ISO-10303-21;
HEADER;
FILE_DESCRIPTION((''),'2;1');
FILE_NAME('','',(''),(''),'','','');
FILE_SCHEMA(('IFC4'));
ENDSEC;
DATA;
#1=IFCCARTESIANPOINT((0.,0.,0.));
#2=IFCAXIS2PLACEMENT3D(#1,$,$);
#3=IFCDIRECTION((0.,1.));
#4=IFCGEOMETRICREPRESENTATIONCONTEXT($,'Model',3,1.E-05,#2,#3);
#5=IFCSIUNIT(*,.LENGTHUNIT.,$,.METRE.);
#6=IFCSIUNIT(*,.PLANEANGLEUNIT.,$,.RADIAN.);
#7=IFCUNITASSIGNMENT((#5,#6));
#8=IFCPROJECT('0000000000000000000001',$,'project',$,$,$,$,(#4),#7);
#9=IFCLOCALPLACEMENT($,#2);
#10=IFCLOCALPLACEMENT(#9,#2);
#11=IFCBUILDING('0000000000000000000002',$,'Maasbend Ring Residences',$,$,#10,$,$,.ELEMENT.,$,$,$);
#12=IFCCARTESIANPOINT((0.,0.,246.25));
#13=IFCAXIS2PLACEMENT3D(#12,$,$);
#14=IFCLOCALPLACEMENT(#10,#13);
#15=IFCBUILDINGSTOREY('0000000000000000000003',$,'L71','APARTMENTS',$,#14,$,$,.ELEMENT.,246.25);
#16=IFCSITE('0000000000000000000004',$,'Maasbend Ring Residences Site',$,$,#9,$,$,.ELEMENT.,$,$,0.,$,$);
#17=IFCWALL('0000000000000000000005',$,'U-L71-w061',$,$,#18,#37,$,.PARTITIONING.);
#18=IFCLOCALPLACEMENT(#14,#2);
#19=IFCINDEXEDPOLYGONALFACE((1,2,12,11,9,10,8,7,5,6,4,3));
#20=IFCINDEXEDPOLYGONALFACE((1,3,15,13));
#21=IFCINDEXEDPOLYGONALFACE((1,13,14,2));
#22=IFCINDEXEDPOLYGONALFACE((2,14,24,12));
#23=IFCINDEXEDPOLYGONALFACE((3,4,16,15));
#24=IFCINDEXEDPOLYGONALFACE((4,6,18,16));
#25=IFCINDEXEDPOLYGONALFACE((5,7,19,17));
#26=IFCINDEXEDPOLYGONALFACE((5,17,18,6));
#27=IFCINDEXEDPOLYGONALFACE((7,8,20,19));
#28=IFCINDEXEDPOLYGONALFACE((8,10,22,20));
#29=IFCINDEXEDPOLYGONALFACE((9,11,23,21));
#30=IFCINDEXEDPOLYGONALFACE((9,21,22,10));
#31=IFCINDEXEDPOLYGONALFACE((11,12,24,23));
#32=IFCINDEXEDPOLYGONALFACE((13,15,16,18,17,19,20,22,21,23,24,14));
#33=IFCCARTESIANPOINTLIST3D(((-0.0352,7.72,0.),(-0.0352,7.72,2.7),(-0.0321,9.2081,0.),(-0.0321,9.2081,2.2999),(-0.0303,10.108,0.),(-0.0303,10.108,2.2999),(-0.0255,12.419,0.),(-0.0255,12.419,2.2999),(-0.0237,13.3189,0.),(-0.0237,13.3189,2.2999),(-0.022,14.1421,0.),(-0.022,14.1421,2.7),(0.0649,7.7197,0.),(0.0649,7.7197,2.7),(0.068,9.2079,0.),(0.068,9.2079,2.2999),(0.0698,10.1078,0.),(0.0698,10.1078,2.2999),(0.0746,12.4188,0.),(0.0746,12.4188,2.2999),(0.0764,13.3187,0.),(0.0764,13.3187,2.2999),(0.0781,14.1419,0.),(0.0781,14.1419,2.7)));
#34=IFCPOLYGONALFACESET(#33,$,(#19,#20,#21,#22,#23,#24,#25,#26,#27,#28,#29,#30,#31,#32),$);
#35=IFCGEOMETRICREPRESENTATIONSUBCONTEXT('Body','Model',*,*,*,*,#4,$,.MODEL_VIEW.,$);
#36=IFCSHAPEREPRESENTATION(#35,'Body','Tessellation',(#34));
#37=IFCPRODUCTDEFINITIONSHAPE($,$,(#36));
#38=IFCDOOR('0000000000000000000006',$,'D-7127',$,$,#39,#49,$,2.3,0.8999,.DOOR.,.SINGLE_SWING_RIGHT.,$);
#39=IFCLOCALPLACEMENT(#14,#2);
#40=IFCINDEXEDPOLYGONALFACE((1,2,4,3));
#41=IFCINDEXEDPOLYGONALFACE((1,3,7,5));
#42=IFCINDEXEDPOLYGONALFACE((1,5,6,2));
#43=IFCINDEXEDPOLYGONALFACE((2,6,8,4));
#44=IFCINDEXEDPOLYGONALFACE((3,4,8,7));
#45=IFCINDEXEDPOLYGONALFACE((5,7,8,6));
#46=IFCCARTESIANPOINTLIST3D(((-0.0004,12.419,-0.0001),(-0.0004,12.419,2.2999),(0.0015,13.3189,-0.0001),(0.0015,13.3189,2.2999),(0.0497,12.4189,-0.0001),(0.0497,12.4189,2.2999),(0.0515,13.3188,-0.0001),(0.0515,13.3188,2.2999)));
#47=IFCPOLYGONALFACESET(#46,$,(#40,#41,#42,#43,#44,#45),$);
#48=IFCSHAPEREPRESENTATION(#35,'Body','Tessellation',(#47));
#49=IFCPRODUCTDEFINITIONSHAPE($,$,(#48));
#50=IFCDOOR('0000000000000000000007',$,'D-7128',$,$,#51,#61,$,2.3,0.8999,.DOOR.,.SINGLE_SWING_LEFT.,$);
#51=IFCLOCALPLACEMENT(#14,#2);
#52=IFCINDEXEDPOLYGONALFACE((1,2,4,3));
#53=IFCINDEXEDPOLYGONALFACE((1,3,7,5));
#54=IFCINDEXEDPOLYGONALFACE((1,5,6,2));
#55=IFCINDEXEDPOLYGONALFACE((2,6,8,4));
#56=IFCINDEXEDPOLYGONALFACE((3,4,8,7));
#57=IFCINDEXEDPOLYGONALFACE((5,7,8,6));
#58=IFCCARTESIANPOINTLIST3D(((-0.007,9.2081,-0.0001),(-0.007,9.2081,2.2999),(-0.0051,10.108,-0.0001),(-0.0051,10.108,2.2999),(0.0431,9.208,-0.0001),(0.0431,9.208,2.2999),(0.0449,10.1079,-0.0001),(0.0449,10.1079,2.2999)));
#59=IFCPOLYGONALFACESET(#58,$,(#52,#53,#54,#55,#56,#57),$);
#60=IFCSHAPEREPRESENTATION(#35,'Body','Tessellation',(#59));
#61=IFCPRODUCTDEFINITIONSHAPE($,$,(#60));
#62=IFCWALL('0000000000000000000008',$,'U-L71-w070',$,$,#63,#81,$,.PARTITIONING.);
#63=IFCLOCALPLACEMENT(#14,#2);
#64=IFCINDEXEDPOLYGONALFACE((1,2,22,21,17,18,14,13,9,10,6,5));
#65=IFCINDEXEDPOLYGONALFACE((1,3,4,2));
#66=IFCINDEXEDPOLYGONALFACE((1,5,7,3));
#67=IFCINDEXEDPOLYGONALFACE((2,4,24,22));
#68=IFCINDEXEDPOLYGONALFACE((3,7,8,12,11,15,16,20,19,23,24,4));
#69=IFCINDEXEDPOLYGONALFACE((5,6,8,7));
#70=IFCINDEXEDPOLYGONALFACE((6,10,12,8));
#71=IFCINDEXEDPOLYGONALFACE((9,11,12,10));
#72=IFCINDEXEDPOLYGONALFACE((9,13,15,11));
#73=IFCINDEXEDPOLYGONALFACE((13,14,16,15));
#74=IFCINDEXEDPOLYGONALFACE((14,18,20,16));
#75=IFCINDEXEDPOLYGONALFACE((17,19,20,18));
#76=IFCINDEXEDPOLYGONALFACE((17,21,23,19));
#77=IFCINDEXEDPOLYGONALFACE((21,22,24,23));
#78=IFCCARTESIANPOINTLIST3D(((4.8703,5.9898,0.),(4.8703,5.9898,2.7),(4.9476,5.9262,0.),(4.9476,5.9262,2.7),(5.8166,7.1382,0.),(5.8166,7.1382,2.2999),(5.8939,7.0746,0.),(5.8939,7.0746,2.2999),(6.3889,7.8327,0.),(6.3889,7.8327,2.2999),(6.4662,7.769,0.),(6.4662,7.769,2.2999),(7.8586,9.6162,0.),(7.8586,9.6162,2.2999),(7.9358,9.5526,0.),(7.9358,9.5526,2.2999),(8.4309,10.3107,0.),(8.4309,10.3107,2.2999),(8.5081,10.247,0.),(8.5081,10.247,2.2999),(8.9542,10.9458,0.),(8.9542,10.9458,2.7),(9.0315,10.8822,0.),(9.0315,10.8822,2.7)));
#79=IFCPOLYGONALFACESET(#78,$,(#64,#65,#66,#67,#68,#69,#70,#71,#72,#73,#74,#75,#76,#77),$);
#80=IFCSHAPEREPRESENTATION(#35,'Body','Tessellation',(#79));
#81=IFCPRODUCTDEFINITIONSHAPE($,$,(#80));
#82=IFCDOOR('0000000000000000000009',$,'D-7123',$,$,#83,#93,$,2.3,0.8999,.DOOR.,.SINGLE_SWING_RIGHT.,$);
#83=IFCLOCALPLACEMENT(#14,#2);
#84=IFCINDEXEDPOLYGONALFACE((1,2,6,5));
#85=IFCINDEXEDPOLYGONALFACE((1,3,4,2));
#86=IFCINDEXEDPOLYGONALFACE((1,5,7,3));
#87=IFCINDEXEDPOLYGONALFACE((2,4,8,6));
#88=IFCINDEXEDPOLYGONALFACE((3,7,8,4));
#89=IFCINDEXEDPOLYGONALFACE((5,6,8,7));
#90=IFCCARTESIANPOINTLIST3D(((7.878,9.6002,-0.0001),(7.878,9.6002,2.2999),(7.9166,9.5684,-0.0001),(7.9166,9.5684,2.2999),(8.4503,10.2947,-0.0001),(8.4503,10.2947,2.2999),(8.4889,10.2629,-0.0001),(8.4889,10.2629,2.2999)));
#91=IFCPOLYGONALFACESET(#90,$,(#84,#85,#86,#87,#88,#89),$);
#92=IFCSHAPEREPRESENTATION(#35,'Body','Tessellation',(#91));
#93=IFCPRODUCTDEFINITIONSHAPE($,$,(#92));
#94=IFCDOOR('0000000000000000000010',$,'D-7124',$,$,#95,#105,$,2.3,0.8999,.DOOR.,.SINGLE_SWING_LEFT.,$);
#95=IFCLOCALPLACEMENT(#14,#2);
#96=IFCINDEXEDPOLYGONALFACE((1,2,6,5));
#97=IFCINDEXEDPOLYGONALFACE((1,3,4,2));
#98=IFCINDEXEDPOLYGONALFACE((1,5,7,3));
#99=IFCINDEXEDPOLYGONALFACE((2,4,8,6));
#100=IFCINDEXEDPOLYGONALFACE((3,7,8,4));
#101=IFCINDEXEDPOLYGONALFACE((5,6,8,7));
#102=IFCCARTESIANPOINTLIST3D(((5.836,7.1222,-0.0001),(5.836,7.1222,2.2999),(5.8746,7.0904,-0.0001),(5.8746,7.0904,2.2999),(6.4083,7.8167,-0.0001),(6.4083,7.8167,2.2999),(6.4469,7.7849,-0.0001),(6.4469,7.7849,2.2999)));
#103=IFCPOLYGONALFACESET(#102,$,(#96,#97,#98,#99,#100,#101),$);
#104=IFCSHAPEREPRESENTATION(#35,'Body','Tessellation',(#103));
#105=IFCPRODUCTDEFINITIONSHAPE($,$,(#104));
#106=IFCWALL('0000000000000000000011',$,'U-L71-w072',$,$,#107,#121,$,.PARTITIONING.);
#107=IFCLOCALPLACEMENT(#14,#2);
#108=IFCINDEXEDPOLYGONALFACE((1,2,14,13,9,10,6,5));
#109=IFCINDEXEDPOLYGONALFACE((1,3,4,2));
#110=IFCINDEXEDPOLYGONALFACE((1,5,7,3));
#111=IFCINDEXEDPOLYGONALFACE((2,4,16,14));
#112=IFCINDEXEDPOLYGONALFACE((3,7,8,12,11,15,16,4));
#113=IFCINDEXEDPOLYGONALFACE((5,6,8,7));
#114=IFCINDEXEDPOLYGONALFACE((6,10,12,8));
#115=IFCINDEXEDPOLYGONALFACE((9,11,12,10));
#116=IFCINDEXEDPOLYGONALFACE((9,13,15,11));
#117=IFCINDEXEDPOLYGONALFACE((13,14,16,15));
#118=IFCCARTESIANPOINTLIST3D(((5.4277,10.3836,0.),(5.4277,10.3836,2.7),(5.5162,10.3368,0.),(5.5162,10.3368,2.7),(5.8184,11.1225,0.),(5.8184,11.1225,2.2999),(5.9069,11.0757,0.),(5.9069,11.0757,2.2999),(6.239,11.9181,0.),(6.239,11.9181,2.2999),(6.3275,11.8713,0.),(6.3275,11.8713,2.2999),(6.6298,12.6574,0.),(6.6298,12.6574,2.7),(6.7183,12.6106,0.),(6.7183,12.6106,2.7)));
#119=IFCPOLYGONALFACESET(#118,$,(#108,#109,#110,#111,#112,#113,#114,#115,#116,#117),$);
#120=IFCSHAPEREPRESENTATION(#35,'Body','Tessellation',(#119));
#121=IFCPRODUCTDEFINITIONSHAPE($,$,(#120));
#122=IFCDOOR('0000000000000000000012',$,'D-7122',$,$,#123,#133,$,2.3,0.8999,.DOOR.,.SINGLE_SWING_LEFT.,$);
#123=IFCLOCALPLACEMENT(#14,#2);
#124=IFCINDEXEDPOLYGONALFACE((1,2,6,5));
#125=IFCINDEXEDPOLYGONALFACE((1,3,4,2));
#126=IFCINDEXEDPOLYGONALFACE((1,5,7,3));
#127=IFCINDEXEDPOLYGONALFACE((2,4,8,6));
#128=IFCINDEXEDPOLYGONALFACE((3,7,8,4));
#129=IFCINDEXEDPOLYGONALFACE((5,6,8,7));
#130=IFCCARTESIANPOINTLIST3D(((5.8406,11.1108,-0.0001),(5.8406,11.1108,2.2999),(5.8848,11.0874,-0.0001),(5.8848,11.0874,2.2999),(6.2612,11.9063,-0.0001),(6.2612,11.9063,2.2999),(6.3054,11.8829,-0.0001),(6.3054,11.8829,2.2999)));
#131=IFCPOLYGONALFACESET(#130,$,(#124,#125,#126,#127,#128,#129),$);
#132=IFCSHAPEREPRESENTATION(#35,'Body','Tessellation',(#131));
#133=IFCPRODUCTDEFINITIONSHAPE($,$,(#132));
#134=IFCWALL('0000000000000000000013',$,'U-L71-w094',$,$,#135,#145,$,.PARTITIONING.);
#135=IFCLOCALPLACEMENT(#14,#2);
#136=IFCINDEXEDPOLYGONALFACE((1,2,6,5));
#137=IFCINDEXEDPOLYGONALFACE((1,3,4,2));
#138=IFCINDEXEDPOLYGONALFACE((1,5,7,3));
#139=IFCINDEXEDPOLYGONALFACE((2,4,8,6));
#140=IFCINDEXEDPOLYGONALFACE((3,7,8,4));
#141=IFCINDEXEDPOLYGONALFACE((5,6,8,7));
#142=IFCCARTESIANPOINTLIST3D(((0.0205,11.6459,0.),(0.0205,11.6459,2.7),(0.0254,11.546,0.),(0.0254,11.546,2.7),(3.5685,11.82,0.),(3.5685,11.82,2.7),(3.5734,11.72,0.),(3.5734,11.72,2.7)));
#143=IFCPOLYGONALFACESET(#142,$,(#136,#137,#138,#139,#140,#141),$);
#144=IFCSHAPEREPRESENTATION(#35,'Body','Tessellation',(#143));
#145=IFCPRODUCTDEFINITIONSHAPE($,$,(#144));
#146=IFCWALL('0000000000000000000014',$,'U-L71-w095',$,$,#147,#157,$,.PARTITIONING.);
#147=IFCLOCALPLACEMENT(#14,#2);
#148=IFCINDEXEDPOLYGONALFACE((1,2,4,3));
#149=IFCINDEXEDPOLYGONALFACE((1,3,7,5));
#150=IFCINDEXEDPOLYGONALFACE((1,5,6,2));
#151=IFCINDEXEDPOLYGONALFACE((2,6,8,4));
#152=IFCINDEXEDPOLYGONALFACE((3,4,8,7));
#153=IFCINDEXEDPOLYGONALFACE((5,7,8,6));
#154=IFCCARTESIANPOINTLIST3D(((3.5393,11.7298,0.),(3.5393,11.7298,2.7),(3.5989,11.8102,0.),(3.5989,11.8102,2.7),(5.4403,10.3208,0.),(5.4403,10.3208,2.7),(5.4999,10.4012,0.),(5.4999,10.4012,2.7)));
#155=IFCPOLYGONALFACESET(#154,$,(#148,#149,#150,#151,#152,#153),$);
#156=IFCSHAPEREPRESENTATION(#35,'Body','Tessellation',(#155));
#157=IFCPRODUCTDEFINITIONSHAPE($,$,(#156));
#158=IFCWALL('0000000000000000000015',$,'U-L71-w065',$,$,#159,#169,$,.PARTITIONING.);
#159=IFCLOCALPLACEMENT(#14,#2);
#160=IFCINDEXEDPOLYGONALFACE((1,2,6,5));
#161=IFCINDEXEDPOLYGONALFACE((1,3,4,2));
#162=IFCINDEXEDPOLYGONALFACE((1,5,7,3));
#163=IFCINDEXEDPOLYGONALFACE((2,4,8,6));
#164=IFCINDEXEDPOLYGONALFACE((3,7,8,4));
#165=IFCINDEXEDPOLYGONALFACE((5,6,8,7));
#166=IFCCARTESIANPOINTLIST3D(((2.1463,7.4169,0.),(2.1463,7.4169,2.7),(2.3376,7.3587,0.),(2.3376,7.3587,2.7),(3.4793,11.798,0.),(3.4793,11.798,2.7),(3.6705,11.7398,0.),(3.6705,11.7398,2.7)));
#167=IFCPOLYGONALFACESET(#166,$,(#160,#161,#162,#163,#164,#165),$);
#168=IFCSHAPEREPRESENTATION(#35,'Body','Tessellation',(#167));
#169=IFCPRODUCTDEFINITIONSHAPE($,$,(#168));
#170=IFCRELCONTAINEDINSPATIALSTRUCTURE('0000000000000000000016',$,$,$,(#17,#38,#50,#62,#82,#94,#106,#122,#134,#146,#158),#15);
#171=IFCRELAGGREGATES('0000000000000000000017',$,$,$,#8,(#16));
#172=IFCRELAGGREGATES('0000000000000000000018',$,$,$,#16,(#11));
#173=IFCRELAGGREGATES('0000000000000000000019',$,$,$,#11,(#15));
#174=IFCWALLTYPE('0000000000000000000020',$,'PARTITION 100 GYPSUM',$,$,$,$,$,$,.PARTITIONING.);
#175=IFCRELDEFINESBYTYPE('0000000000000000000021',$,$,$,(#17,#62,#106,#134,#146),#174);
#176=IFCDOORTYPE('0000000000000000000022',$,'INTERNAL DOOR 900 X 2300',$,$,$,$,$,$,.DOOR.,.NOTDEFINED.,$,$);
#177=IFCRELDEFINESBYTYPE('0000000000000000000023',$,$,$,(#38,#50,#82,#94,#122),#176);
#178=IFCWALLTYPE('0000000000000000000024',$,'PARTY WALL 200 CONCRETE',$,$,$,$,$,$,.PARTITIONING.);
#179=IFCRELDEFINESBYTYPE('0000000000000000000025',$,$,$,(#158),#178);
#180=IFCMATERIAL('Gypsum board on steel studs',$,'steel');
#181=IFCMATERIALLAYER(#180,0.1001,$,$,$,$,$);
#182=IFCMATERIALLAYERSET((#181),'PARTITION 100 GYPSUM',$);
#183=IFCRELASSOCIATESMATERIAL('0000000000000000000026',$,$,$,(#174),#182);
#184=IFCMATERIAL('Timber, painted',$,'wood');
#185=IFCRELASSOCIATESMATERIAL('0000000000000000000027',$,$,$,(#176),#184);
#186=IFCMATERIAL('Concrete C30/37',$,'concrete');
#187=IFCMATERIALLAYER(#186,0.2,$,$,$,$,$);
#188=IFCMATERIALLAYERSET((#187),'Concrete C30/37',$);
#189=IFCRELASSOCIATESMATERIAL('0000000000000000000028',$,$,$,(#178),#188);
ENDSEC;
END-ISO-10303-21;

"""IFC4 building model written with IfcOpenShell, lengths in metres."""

from ifc_helpers import new_model, si_unit, direction, frame, frame_2d, origin, place, context, subcontext, project, spatial, rectangle, extrude, material, layer, layer_set, type_object, element, fill, save


model = new_model("IFC4")

# Units and contexts
model_context = context("Model", 3, precision=1e-05, world=origin(), true_north=direction((0.0, 1.0)))
body_context = subcontext(model_context, "Body", "Model", "MODEL_VIEW")
ifc_project = project(units=[si_unit("LENGTHUNIT", "METRE"), si_unit("PLANEANGLEUNIT", "RADIAN")], contexts=[model_context])

# Site, building, storey
site_placement = place(None, origin())
site = spatial("IfcSite", under=ifc_project, at=site_placement, Name="Maasbend Ring Residences Site", CompositionType="ELEMENT", RefElevation=0.0)
building_placement = place(site_placement, origin())
building = spatial("IfcBuilding", under=site, at=building_placement, Name="Maasbend Ring Residences", CompositionType="ELEMENT")
storey_placement = place(building_placement, frame((0.0, 0.0, 246.25)))
storey = spatial("IfcBuildingStorey", under=building, at=storey_placement, Name="L71", Description="APARTMENTS", CompositionType="ELEMENT", Elevation=246.25)

# Walls, openings, doors
ifc_material_1 = material(Name="Gypsum board on steel studs", Category="steel")
ifc_layer_1 = layer(ifc_material_1, 0.1001)
ifc_layer_set_1 = layer_set([ifc_layer_1], Name="PARTITION 100 GYPSUM")
wall_type_1 = type_object("IfcWallType", Name="PARTITION 100 GYPSUM", PredefinedType="PARTITIONING", material=ifc_layer_set_1)
wall_1_placement = place(storey_placement, frame((0.0149, 7.72, 0.0), z_axis=(0.0, 0.0, 1.0), x_axis=(0.002053, 0.999998, 0.0)))
wall_1 = element("IfcWall", 1, at=wall_1_placement, inside=storey, type_object=wall_type_1, Name="U-L71-w061", PredefinedType="PARTITIONING", context=body_context, shape_type="SweptSolid", body=[
    extrude(rectangle(XDim=6.4221, YDim=0.1001, at=frame_2d((3.2109, 0.0))), origin(), (0.0, 0.0, 1.0), 2.7),
])
opening_1_placement = place(wall_1_placement, frame((4.699, 0.0, 0.0)))
opening_1 = element("IfcOpeningElement", 2, at=opening_1_placement, cuts=wall_1, PredefinedType="OPENING", context=body_context, shape_type="SweptSolid", body=[
    extrude(rectangle(XDim=0.8999, YDim=2.3, at=frame_2d((0.45, 1.1499))), frame((0.0, 0.0601, 0.0), z_axis=(0.0, -1.0, 0.0), x_axis=(1.0, 0.0, 0.0)), (0.0, 0.0, 1.0), 0.1201),
])
opening_2_placement = place(wall_1_placement, frame((1.488, 0.0, 0.0)))
opening_2 = element("IfcOpeningElement", 3, at=opening_2_placement, cuts=wall_1, PredefinedType="OPENING", context=body_context, shape_type="SweptSolid", body=[
    extrude(rectangle(XDim=0.8999, YDim=2.3, at=frame_2d((0.45, 1.1499))), frame((0.0, 0.0601, 0.0), z_axis=(0.0, -1.0, 0.0), x_axis=(1.0, 0.0, 0.0)), (0.0, 0.0, 1.0), 0.1201),
])
ifc_material_2 = material(Name="Timber, painted", Category="wood")
door_type = type_object("IfcDoorType", Name="INTERNAL DOOR 900 X 2300", OperationType="NOTDEFINED", PredefinedType="DOOR", material=ifc_material_2)
door_1_placement = place(opening_1_placement, origin())
door_1 = element("IfcDoor", 4, at=door_1_placement, inside=storey, type_object=door_type, Name="D-7127", OperationType="SINGLE_SWING_RIGHT", OverallHeight=2.3, OverallWidth=0.8999, PredefinedType="DOOR", context=body_context, shape_type="SweptSolid", body=[
    extrude(rectangle(XDim=0.8999, YDim=2.3, at=frame_2d((0.45, 1.1499))), frame((0.0, 0.0249, 0.0), z_axis=(0.0, -1.0, 0.0), x_axis=(1.0, 0.0, 0.0)), (0.0, 0.0, 1.0), 0.05),
])
fill(opening_1, door_1)
door_2_placement = place(opening_2_placement, origin())
door_2 = element("IfcDoor", 5, at=door_2_placement, inside=storey, type_object=door_type, Name="D-7128", OperationType="SINGLE_SWING_LEFT", OverallHeight=2.3, OverallWidth=0.8999, PredefinedType="DOOR", context=body_context, shape_type="SweptSolid", body=[
    extrude(rectangle(XDim=0.8999, YDim=2.3, at=frame_2d((0.45, 1.1499))), frame((0.0, 0.0249, 0.0), z_axis=(0.0, -1.0, 0.0), x_axis=(1.0, 0.0, 0.0)), (0.0, 0.0, 1.0), 0.05),
])
fill(opening_2, door_2)
wall_2_placement = place(storey_placement, frame((4.9089, 5.958, 0.0), z_axis=(0.0, 0.0, 1.0), x_axis=(0.635942, 0.771737, 0.0)))
wall_2 = element("IfcWall", 6, at=wall_2_placement, inside=storey, type_object=wall_type_1, Name="U-L71-w070", PredefinedType="PARTITIONING", context=body_context, shape_type="SweptSolid", body=[
    extrude(rectangle(XDim=6.4219, YDim=0.1001, at=frame_2d((3.2109, 0.0))), origin(), (0.0, 0.0, 1.0), 2.7),
])
opening_3_placement = place(wall_2_placement, frame((4.699, 0.0, 0.0)))
opening_3 = element("IfcOpeningElement", 7, at=opening_3_placement, cuts=wall_2, PredefinedType="OPENING", context=body_context, shape_type="SweptSolid", body=[
    extrude(rectangle(XDim=0.8999, YDim=2.3, at=frame_2d((0.45, 1.1499))), frame((0.0, 0.0601, 0.0), z_axis=(0.0, -1.0, 0.0), x_axis=(1.0, 0.0, 0.0)), (0.0, 0.0, 1.0), 0.1201),
])
opening_4_placement = place(wall_2_placement, frame((1.488, 0.0, 0.0)))
opening_4 = element("IfcOpeningElement", 8, at=opening_4_placement, cuts=wall_2, PredefinedType="OPENING", context=body_context, shape_type="SweptSolid", body=[
    extrude(rectangle(XDim=0.8999, YDim=2.3, at=frame_2d((0.45, 1.1499))), frame((0.0, 0.0601, 0.0), z_axis=(0.0, -1.0, 0.0), x_axis=(1.0, 0.0, 0.0)), (0.0, 0.0, 1.0), 0.1201),
])
door_3_placement = place(opening_3_placement, origin())
door_3 = element("IfcDoor", 9, at=door_3_placement, inside=storey, type_object=door_type, Name="D-7123", OperationType="SINGLE_SWING_RIGHT", OverallHeight=2.3, OverallWidth=0.8999, PredefinedType="DOOR", context=body_context, shape_type="SweptSolid", body=[
    extrude(rectangle(XDim=0.8999, YDim=2.3, at=frame_2d((0.45, 1.1499))), frame((0.0, 0.0249, 0.0), z_axis=(0.0, -1.0, 0.0), x_axis=(1.0, 0.0, 0.0)), (0.0, 0.0, 1.0), 0.05),
])
fill(opening_3, door_3)
door_4_placement = place(opening_4_placement, origin())
door_4 = element("IfcDoor", 10, at=door_4_placement, inside=storey, type_object=door_type, Name="D-7124", OperationType="SINGLE_SWING_LEFT", OverallHeight=2.3, OverallWidth=0.8999, PredefinedType="DOOR", context=body_context, shape_type="SweptSolid", body=[
    extrude(rectangle(XDim=0.8999, YDim=2.3, at=frame_2d((0.45, 1.1499))), frame((0.0, 0.0249, 0.0), z_axis=(0.0, -1.0, 0.0), x_axis=(1.0, 0.0, 0.0)), (0.0, 0.0, 1.0), 0.05),
])
fill(opening_4, door_4)

# Wall, opening, door
wall_3_placement = place(storey_placement, frame((5.4719, 10.3601, 0.0), z_axis=(0.0, 0.0, 1.0), x_axis=(0.467373, 0.88406, 0.0)))
wall_3 = element("IfcWall", 11, at=wall_3_placement, inside=storey, type_object=wall_type_1, Name="U-L71-w072", PredefinedType="PARTITIONING", context=body_context, shape_type="SweptSolid", body=[
    extrude(rectangle(XDim=2.572, YDim=0.1001, at=frame_2d((1.2861, 0.0))), origin(), (0.0, 0.0, 1.0), 2.7),
])
opening_5_placement = place(wall_3_placement, frame((0.8359, 0.0, 0.0)))
opening_5 = element("IfcOpeningElement", 12, at=opening_5_placement, cuts=wall_3, PredefinedType="OPENING", context=body_context, shape_type="SweptSolid", body=[
    extrude(rectangle(XDim=0.8999, YDim=2.3, at=frame_2d((0.45, 1.1499))), frame((0.0, 0.0601, 0.0), z_axis=(0.0, -1.0, 0.0), x_axis=(1.0, 0.0, 0.0)), (0.0, 0.0, 1.0), 0.1201),
])
door_5_placement = place(opening_5_placement, origin())
door_5 = element("IfcDoor", 13, at=door_5_placement, inside=storey, type_object=door_type, Name="D-7122", OperationType="SINGLE_SWING_LEFT", OverallHeight=2.3, OverallWidth=0.8999, PredefinedType="DOOR", context=body_context, shape_type="SweptSolid", body=[
    extrude(rectangle(XDim=0.8999, YDim=2.3, at=frame_2d((0.45, 1.1499))), frame((0.0, 0.0249, 0.0), z_axis=(0.0, -1.0, 0.0), x_axis=(1.0, 0.0, 0.0)), (0.0, 0.0, 1.0), 0.05),
])
fill(opening_5, door_5)

# Walls
wall_4_placement = place(storey_placement, frame((0.0229, 11.5959, 0.0), z_axis=(0.0, 0.0, 1.0), x_axis=(0.998799, 0.049002, 0.0)))
element("IfcWall", 14, at=wall_4_placement, inside=storey, type_object=wall_type_1, Name="U-L71-w094", PredefinedType="PARTITIONING", context=body_context, shape_type="SweptSolid", body=[
    extrude(rectangle(XDim=3.5522, YDim=0.1001, at=frame_2d((1.7761, 0.0))), origin(), (0.0, 0.0, 1.0), 2.7),
])
wall_5_placement = place(storey_placement, frame((3.5691, 11.77, 0.0), z_axis=(0.0, 0.0, 1.0), x_axis=(0.80338, -0.595467, 0.0)))
element("IfcWall", 15, at=wall_5_placement, inside=storey, type_object=wall_type_1, Name="U-L71-w095", PredefinedType="PARTITIONING", context=body_context, shape_type="SweptSolid", body=[
    extrude(rectangle(XDim=2.3662, YDim=0.1001, at=frame_2d((1.1831, 0.0))), origin(), (0.0, 0.0, 1.0), 2.7),
])
ifc_material_3 = material(Name="Concrete C30/37", Category="concrete")
ifc_layer_2 = layer(ifc_material_3, 0.2)
ifc_layer_set_2 = layer_set([ifc_layer_2], Name="Concrete C30/37")
wall_type_2 = type_object("IfcWallType", Name="PARTY WALL 200 CONCRETE", PredefinedType="PARTITIONING", material=ifc_layer_set_2)
wall_6_placement = place(storey_placement, frame((2.2419, 7.3879, 0.0), z_axis=(0.0, 0.0, 1.0), x_axis=(0.291087, 0.956696, 0.0)))
element("IfcWall", 16, at=wall_6_placement, inside=storey, type_object=wall_type_2, Name="U-L71-w065", PredefinedType="PARTITIONING", context=body_context, shape_type="SweptSolid", body=[
    extrude(rectangle(XDim=4.5793, YDim=0.2, at=frame_2d((2.2896, 0.0))), origin(), (0.0, 0.0, 1.0), 2.7),
])

save(model, "model.ifc")
